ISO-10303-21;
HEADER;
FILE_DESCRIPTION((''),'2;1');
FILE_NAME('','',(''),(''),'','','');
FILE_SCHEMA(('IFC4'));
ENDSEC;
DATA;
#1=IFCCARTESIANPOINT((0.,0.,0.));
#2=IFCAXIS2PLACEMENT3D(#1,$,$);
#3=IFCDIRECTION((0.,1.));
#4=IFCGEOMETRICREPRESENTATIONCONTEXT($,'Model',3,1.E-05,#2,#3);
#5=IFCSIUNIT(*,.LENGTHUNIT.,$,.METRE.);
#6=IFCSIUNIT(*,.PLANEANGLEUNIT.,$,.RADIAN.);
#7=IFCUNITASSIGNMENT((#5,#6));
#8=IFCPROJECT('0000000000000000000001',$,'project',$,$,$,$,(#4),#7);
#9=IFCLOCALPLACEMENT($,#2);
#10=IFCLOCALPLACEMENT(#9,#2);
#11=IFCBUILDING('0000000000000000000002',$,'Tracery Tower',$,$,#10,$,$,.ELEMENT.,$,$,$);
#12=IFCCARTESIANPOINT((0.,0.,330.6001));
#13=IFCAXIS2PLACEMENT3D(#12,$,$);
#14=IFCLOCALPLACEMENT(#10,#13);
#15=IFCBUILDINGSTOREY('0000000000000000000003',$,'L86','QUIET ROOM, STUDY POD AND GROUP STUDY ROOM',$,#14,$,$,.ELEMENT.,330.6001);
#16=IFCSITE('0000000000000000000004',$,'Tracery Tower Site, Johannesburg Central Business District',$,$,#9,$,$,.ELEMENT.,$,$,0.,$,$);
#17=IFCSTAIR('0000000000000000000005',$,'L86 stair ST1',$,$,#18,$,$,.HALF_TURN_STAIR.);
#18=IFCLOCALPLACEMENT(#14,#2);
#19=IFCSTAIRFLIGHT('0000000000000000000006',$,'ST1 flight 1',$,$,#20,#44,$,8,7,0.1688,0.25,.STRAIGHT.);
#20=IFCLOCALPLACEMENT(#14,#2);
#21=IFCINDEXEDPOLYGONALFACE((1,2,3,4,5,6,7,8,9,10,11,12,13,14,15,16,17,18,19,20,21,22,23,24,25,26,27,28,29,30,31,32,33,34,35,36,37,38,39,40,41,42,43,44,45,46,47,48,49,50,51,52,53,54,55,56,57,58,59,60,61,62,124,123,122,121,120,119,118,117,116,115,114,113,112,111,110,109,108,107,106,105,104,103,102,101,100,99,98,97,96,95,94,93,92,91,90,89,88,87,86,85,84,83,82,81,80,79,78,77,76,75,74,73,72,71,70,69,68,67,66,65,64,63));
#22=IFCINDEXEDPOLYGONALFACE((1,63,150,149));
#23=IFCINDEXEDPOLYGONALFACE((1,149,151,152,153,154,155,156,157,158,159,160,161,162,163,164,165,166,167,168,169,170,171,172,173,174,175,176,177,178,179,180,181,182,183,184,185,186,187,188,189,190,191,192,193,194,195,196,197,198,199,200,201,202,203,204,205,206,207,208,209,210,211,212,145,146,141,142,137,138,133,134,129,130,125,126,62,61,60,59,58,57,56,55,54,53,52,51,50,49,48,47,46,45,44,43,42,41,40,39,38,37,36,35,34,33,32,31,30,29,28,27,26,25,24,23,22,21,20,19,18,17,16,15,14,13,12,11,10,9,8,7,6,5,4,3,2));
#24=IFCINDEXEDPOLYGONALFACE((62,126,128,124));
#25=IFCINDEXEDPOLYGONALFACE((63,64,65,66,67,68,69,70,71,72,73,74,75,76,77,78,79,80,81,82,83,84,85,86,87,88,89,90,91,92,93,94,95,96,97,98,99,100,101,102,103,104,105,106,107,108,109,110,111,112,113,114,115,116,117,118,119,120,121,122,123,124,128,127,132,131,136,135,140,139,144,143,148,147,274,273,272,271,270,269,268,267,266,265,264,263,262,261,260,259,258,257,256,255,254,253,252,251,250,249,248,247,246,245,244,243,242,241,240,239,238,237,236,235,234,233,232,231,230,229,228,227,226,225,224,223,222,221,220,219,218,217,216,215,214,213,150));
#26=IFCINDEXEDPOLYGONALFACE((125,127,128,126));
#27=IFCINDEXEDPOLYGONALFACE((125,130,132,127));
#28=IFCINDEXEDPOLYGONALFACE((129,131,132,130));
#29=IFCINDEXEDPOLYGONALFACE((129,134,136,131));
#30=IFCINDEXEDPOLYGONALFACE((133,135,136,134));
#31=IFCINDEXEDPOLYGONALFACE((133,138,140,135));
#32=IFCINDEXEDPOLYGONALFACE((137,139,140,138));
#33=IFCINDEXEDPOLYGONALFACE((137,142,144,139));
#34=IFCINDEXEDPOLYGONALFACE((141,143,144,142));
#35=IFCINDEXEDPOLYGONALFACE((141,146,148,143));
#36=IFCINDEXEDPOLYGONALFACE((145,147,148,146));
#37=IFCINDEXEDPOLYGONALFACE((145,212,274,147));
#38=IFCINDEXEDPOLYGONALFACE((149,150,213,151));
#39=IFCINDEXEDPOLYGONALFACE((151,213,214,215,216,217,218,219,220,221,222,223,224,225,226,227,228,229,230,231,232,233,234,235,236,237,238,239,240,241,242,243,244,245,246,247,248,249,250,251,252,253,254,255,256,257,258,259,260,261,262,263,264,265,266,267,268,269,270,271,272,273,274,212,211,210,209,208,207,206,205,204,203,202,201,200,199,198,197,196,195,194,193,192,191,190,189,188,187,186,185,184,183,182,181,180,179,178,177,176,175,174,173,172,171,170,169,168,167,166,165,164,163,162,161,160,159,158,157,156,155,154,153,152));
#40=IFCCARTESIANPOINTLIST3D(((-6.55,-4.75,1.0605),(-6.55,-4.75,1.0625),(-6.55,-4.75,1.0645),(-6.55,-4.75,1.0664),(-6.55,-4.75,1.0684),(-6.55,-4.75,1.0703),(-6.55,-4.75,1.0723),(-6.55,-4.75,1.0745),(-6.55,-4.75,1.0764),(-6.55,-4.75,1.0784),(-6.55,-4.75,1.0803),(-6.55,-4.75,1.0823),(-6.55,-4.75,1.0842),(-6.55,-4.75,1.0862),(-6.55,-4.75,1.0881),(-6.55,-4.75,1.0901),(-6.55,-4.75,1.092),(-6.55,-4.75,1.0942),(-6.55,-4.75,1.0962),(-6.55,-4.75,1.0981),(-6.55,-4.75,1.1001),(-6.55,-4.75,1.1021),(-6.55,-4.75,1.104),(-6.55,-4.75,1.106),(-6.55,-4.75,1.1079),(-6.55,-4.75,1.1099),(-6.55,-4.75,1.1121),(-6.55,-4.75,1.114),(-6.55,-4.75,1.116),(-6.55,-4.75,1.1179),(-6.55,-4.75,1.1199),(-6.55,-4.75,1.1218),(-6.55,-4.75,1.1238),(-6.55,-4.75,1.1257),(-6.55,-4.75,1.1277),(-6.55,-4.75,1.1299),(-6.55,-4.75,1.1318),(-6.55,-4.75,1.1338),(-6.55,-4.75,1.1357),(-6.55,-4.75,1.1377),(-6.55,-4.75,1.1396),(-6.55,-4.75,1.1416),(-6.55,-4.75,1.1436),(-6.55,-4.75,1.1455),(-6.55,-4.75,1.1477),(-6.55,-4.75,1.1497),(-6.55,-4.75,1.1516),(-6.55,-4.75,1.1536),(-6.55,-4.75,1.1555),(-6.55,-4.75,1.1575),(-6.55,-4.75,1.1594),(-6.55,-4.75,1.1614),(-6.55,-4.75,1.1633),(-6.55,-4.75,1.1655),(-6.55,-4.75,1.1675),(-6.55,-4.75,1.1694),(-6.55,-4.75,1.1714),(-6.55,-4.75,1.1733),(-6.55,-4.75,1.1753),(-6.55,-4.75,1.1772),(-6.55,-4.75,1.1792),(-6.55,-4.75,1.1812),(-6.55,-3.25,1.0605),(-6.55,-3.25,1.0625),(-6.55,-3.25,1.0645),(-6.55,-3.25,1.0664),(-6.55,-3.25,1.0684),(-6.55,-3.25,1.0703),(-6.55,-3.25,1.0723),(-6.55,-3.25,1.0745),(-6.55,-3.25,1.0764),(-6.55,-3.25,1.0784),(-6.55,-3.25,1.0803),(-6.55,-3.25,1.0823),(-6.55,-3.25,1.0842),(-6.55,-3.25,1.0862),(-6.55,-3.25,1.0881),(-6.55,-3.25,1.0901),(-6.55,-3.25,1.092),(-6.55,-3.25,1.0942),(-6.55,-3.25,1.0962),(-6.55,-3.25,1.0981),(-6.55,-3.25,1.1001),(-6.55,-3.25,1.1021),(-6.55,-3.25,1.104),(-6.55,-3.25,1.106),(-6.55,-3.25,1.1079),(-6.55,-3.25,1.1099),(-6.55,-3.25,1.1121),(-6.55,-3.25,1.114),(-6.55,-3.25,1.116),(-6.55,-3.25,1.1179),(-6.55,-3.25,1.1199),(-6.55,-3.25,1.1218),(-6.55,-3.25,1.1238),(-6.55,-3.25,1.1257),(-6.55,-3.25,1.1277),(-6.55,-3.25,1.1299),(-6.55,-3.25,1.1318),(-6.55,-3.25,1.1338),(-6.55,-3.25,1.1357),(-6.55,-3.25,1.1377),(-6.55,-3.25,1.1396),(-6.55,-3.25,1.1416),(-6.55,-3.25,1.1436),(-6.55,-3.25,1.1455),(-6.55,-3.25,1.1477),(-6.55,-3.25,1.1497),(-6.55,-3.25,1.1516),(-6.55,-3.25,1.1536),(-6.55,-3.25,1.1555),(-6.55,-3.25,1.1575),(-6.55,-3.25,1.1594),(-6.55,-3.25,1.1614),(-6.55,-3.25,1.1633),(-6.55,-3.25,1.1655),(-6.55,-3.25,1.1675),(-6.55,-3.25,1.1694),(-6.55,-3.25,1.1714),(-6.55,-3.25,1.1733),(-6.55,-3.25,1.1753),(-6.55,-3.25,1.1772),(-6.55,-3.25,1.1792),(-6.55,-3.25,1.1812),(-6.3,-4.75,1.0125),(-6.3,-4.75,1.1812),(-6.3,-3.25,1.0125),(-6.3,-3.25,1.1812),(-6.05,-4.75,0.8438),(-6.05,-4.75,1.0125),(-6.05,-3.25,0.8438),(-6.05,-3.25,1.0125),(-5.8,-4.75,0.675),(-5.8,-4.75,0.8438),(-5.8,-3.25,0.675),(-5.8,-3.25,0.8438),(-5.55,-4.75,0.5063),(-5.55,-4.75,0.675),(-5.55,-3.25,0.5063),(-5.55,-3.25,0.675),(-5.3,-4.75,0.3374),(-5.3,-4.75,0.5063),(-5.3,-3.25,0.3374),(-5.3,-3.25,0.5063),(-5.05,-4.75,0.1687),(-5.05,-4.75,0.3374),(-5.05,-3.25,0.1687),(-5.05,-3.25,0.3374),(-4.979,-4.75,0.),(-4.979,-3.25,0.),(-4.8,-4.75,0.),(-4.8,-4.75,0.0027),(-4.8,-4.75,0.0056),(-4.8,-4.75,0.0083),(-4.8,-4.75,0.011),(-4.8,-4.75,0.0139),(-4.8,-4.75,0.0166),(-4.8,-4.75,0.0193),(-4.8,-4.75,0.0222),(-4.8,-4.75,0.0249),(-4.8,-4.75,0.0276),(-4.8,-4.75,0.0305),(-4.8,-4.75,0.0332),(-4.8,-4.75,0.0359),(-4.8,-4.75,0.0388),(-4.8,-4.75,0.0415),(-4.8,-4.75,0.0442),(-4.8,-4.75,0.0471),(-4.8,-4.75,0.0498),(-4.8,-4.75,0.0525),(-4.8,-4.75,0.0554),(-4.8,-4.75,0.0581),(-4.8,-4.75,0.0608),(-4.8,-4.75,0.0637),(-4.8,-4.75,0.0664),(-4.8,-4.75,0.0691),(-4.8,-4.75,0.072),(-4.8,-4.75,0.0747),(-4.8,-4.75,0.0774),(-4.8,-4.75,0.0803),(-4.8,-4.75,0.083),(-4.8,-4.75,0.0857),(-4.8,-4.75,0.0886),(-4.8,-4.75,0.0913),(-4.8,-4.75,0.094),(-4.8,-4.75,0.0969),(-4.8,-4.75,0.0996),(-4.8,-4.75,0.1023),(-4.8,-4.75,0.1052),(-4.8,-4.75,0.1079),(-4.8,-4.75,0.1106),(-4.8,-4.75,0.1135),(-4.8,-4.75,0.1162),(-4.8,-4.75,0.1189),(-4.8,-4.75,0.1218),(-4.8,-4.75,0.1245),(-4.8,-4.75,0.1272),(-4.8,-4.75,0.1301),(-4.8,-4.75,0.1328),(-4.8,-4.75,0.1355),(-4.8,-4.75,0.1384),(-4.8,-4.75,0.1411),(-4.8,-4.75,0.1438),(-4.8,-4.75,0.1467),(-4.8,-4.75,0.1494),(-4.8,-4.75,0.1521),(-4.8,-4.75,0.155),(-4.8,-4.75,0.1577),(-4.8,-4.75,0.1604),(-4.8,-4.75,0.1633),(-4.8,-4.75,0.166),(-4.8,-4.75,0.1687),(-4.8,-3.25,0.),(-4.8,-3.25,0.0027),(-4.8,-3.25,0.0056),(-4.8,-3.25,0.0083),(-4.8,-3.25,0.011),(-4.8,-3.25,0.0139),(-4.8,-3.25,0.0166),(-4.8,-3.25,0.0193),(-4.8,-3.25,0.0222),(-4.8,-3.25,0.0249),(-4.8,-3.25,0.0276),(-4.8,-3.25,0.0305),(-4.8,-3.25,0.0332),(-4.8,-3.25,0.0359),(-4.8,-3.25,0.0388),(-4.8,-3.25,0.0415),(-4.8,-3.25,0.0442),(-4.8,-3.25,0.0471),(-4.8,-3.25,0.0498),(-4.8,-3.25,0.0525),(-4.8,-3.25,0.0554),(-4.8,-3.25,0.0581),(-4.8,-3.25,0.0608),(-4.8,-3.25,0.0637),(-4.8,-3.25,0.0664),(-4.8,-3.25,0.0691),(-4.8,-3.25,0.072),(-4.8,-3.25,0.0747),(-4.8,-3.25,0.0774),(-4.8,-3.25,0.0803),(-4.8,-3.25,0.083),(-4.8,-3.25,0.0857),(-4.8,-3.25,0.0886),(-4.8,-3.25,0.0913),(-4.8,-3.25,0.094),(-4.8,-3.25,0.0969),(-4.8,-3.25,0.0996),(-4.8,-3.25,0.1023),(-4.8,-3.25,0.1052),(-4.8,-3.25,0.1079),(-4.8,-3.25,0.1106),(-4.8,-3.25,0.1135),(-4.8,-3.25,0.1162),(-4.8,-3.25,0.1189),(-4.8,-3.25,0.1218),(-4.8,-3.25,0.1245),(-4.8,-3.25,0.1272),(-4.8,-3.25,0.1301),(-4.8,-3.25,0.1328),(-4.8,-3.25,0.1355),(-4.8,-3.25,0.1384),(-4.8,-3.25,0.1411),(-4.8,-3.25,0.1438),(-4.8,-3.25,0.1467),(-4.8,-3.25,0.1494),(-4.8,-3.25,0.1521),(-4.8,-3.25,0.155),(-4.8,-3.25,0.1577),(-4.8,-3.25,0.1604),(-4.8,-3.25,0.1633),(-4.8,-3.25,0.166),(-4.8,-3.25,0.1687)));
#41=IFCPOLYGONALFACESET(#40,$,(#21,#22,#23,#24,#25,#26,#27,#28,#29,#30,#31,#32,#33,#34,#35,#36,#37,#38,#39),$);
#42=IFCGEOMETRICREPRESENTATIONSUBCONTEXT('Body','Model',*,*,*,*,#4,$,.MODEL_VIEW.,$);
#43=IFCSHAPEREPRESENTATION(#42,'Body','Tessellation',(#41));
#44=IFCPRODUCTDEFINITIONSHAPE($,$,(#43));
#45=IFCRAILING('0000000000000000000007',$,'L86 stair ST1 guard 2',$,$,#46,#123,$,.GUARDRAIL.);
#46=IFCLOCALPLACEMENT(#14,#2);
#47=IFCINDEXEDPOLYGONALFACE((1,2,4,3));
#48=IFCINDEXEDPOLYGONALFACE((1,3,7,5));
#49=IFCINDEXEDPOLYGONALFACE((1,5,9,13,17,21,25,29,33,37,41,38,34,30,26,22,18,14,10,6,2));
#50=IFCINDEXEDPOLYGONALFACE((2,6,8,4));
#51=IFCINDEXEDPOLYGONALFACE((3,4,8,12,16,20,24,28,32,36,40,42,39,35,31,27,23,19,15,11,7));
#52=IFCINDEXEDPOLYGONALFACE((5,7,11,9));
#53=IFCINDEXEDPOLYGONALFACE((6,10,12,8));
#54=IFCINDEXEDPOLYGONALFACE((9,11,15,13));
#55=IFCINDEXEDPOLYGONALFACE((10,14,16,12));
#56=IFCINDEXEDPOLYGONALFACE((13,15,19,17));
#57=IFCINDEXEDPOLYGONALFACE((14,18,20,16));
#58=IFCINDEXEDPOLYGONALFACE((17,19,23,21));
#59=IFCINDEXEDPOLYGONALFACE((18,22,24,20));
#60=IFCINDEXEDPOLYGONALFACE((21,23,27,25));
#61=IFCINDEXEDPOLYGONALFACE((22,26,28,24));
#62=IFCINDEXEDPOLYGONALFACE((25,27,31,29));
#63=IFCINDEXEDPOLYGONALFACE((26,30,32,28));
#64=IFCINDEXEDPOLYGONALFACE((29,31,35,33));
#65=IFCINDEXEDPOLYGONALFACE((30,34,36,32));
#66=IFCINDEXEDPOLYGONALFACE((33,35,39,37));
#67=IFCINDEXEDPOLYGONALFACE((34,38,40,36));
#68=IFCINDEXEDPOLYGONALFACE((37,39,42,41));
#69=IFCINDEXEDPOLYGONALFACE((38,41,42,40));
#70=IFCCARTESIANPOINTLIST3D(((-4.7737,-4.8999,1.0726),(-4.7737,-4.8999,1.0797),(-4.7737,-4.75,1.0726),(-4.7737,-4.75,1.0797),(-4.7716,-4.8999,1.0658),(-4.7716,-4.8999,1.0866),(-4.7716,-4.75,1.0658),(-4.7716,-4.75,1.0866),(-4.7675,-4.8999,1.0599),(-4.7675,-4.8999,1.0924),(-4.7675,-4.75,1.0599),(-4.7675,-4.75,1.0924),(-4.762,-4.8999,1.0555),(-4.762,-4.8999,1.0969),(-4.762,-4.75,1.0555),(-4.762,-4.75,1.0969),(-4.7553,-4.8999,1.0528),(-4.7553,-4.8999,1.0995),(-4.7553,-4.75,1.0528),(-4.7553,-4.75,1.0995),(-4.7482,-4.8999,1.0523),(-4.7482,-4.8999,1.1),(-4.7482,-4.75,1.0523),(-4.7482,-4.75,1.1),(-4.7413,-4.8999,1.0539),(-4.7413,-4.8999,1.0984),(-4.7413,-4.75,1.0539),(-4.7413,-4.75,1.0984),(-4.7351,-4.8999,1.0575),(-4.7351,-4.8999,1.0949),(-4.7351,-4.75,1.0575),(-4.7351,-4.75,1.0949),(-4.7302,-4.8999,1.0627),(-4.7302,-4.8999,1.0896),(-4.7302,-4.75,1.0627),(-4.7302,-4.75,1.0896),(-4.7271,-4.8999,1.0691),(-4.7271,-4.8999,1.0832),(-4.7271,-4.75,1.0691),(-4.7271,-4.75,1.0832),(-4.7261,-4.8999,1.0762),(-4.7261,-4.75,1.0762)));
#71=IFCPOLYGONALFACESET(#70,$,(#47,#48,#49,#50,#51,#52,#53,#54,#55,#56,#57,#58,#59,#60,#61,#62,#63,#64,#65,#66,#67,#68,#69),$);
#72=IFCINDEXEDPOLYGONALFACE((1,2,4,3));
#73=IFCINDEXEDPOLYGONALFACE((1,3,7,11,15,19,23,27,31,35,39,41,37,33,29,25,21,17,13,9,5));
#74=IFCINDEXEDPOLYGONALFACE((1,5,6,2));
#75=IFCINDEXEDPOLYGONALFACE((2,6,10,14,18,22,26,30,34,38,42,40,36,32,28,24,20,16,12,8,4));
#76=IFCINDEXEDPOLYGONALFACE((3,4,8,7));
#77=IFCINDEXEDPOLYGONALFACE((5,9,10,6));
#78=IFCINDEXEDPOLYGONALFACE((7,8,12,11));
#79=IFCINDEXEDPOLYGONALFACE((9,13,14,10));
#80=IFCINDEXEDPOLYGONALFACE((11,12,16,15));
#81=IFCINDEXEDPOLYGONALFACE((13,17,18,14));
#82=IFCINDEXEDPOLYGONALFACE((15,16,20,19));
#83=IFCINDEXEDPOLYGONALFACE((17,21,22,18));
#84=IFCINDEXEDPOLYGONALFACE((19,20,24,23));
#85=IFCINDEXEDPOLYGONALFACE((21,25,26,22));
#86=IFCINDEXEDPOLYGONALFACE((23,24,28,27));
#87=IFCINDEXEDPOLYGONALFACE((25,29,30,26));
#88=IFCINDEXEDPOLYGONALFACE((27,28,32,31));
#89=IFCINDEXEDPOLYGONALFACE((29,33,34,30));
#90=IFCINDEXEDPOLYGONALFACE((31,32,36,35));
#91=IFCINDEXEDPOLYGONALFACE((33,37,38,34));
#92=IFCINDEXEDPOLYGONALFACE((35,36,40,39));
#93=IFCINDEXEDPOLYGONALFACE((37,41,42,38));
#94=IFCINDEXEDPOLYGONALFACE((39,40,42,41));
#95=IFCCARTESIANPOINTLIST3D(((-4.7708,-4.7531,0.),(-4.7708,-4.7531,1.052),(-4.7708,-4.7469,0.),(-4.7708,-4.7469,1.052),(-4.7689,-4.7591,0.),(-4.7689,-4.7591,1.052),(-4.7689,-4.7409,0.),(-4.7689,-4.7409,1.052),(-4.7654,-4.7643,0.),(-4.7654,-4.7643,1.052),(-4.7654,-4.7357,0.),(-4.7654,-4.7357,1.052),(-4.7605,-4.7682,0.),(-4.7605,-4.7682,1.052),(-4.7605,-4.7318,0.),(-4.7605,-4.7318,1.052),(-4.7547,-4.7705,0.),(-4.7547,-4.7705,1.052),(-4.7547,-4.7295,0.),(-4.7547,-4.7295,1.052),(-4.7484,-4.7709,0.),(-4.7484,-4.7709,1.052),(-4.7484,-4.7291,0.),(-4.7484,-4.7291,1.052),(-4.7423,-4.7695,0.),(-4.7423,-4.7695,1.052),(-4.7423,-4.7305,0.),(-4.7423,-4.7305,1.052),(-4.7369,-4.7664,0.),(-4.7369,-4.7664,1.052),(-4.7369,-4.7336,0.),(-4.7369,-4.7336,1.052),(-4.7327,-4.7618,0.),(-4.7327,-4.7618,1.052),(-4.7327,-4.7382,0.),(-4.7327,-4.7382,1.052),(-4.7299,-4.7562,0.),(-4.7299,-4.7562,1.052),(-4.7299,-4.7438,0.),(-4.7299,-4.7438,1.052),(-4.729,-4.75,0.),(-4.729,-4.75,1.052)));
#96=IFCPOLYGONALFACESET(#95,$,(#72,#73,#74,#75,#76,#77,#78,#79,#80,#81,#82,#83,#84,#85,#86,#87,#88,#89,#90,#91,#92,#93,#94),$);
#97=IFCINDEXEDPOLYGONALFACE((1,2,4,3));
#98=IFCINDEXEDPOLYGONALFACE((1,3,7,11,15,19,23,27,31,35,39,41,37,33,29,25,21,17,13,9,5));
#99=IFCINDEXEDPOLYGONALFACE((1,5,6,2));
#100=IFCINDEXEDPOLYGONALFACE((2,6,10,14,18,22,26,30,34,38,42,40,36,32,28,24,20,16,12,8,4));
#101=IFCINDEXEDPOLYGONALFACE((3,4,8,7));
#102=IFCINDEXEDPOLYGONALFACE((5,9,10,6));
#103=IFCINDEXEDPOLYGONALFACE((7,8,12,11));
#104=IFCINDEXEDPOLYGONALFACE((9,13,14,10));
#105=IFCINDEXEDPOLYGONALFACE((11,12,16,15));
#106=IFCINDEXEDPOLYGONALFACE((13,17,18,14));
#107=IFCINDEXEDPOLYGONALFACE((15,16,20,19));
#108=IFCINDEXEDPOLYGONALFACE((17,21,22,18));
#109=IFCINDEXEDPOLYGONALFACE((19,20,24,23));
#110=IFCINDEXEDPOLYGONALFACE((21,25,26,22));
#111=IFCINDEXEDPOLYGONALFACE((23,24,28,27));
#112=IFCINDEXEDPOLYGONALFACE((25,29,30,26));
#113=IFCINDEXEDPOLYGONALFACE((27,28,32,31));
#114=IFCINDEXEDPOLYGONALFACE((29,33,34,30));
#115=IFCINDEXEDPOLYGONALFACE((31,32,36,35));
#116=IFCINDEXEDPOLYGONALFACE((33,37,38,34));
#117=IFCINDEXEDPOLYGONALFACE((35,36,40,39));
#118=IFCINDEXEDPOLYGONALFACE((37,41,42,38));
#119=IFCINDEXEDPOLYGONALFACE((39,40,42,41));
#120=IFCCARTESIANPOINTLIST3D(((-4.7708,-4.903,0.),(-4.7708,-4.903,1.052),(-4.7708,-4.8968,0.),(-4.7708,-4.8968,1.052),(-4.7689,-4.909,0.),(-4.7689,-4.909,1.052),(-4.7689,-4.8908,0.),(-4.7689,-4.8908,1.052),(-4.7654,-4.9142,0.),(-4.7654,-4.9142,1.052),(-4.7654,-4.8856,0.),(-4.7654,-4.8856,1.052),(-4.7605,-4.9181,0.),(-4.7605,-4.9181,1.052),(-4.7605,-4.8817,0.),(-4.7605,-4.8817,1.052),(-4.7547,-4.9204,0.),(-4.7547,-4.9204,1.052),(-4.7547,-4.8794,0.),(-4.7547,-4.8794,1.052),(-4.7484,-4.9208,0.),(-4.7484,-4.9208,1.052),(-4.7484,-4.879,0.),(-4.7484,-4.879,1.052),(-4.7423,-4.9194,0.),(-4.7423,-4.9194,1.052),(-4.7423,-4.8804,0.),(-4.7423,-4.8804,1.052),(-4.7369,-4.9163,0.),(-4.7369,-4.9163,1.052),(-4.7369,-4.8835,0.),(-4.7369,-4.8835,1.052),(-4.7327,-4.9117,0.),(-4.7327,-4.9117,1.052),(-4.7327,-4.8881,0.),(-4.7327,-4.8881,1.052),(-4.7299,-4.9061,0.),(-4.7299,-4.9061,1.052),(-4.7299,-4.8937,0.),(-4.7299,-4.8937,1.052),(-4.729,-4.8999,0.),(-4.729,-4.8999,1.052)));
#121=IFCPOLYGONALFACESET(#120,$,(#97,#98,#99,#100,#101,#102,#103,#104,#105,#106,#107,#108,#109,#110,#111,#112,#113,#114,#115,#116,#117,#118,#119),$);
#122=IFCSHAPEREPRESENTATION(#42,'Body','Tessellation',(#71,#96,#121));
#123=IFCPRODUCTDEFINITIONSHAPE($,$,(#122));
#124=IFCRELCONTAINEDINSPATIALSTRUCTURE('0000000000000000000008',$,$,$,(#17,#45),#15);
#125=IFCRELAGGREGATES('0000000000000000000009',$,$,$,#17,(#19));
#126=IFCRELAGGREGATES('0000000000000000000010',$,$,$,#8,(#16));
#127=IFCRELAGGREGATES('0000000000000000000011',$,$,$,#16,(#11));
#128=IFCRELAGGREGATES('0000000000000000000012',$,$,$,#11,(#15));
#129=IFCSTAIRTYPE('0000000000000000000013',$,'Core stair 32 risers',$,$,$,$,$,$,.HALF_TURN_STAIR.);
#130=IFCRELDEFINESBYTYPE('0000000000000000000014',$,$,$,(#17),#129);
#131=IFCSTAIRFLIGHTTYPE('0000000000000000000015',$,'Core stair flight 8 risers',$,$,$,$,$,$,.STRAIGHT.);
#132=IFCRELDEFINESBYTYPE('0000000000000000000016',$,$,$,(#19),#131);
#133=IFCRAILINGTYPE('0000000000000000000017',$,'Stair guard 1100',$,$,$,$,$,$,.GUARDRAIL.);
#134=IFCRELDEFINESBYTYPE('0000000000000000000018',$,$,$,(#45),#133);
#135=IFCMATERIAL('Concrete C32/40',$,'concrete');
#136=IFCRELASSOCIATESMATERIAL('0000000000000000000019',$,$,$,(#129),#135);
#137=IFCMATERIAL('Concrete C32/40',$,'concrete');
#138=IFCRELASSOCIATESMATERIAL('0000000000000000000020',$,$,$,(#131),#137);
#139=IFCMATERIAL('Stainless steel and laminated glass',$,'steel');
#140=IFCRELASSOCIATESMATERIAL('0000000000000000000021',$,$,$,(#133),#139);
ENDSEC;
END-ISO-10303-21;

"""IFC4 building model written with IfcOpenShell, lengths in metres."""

from ifc_helpers import new_model, si_unit, direction, frame, origin, origin_2d, place, context, subcontext, project, spatial, polyline, circle, outline, extrude, material, type_object, element, aggregate, save


model = new_model("IFC4")

# Units and contexts
model_context = context("Model", 3, precision=1e-05, world=origin(), true_north=direction((0.0, 1.0)))
body_context = subcontext(model_context, "Body", "Model", "MODEL_VIEW")
ifc_project = project(units=[si_unit("LENGTHUNIT", "METRE"), si_unit("PLANEANGLEUNIT", "RADIAN")], contexts=[model_context])

# Site, building, storey
site_placement = place(None, origin())
site = spatial("IfcSite", under=ifc_project, at=site_placement, Name="Tracery Tower Site, Johannesburg Central Business District", CompositionType="ELEMENT", RefElevation=0.0)
building_placement = place(site_placement, origin())
building = spatial("IfcBuilding", under=site, at=building_placement, Name="Tracery Tower", CompositionType="ELEMENT")
storey_placement = place(building_placement, frame((0.0, 0.0, 330.6001)))
storey = spatial("IfcBuildingStorey", under=building, at=storey_placement, Name="L86", Description="QUIET ROOM, STUDY POD AND GROUP STUDY ROOM", CompositionType="ELEMENT", Elevation=330.6001)

# Stair, stair flight
ifc_material_1 = material(Name="Concrete C32/40", Category="concrete")
stair_type = type_object("IfcStairType", Name="Core stair 32 risers", PredefinedType="HALF_TURN_STAIR", material=ifc_material_1)
stair_placement = place(storey_placement, origin())
stair = element("IfcStair", 1, at=stair_placement, inside=storey, type_object=stair_type, Name="L86 stair ST1", PredefinedType="HALF_TURN_STAIR")
ifc_material_2 = material(Name="Concrete C32/40", Category="concrete")
stair_flight_type = type_object("IfcStairFlightType", Name="Core stair flight 8 risers", PredefinedType="STRAIGHT", material=ifc_material_2)
stair_flight_1_placement = place(storey_placement, frame((-4.8, -4.0, 0.0), z_axis=(0.0, 0.0, 1.0), x_axis=(-1.0, 0.0, 0.0)))
stair_flight_1 = element("IfcStairFlight", 2, at=stair_flight_1_placement, type_object=stair_flight_type, Name="ST1 flight 1", NumberOfRisers=8, NumberOfTreads=7, PredefinedType="STRAIGHT", RiserHeight=0.1688, TreadLength=0.25, context=body_context, shape_type="SweptSolid", body=[
    extrude(outline(polyline([(0.0, 0.0), (0.0, 0.0027), (0.0, 0.0056), (0.0, 0.0083), (0.0, 0.011), (0.0, 0.0139), (0.0, 0.0166), (0.0, 0.0193), (0.0, 0.0222), (0.0, 0.0249), (0.0, 0.0276), (0.0, 0.0305), (0.0, 0.0332), (0.0, 0.0359), (0.0, 0.0388), (0.0, 0.0415), (0.0, 0.0442), (0.0, 0.0471), (0.0, 0.0498), (0.0, 0.0525), (0.0, 0.0554), (0.0, 0.0581), (0.0, 0.0608), (0.0, 0.0637), (0.0, 0.0664), (0.0, 0.0691), (0.0, 0.072), (0.0, 0.0747), (0.0, 0.0774), (0.0, 0.0803), (0.0, 0.083), (0.0, 0.0857), (0.0, 0.0886), (0.0, 0.0913), (0.0, 0.094), (0.0, 0.0969), (0.0, 0.0996), (0.0, 0.1023), (0.0, 0.1052), (0.0, 0.1079), (0.0, 0.1106), (0.0, 0.1135), (0.0, 0.1162), (0.0, 0.1189), (0.0, 0.1218), (0.0, 0.1245), (0.0, 0.1272), (0.0, 0.1301), (0.0, 0.1328), (0.0, 0.1355), (0.0, 0.1384), (0.0, 0.1411), (0.0, 0.1438), (0.0, 0.1467), (0.0, 0.1494), (0.0, 0.1521), (0.0, 0.155), (0.0, 0.1577), (0.0, 0.1604), (0.0, 0.1633), (0.0, 0.166), (0.0, 0.1687), (0.25, 0.1687), (0.25, 0.3374), (0.5, 0.3374), (0.5, 0.5063), (0.75, 0.5063), (0.75, 0.675), (1.0, 0.675), (1.0, 0.8438), (1.25, 0.8438), (1.25, 1.0125), (1.5, 1.0125), (1.5, 1.1812), (1.75, 1.1812), (1.75, 1.1792), (1.75, 1.1772), (1.75, 1.1753), (1.75, 1.1733), (1.75, 1.1714), (1.75, 1.1694), (1.75, 1.1675), (1.75, 1.1655), (1.75, 1.1633), (1.75, 1.1614), (1.75, 1.1594), (1.75, 1.1575), (1.75, 1.1555), (1.75, 1.1536), (1.75, 1.1516), (1.75, 1.1497), (1.75, 1.1477), (1.75, 1.1455), (1.75, 1.1436), (1.75, 1.1416), (1.75, 1.1396), (1.75, 1.1377), (1.75, 1.1357), (1.75, 1.1338), (1.75, 1.1318), (1.75, 1.1299), (1.75, 1.1277), (1.75, 1.1257), (1.75, 1.1238), (1.75, 1.1218), (1.75, 1.1199), (1.75, 1.1179), (1.75, 1.116), (1.75, 1.114), (1.75, 1.1121), (1.75, 1.1099), (1.75, 1.1079), (1.75, 1.106), (1.75, 1.104), (1.75, 1.1021), (1.75, 1.1001), (1.75, 1.0981), (1.75, 1.0962), (1.75, 1.0942), (1.75, 1.092), (1.75, 1.0901), (1.75, 1.0881), (1.75, 1.0862), (1.75, 1.0842), (1.75, 1.0823), (1.75, 1.0803), (1.75, 1.0784), (1.75, 1.0764), (1.75, 1.0745), (1.75, 1.0723), (1.75, 1.0703), (1.75, 1.0684), (1.75, 1.0664), (1.75, 1.0645), (1.75, 1.0625), (1.75, 1.0605), (0.179, 0.0), (0.0, 0.0)])), frame((0.0, 0.75, 0.0), z_axis=(0.0, -1.0, 0.0), x_axis=(1.0, 0.0, 0.0)), (0.0, 0.0, 1.0), 1.5),
])
aggregate(stair, [stair_flight_1])

# Railing
ifc_material_3 = material(Name="Stainless steel and laminated glass", Category="steel")
railing_type_1 = type_object("IfcRailingType", Name="Stair guard 1100", PredefinedType="GUARDRAIL", material=ifc_material_3)
railing_1_placement = place(storey_placement, frame((-4.75, -4.75, 0.0)))
element("IfcRailing", 3, at=railing_1_placement, inside=storey, type_object=railing_type_1, Name="L86 stair ST1 guard 2", PredefinedType="GUARDRAIL", context=body_context, shape_type="SweptSolid", body=[
    extrude(circle(Radius=0.0239, at=origin_2d()), frame((0.0, 0.0, 1.0762), z_axis=(0.0, -1.0, 0.0), x_axis=(1.0, 0.0, 0.0)), (0.0, 0.0, 1.0), 0.1499),
    extrude(circle(Radius=0.021, at=origin_2d()), origin(), (0.0, 0.0, 1.0), 1.052),
    extrude(circle(Radius=0.021, at=origin_2d()), frame((0.0, -0.1499, 0.0)), (0.0, 0.0, 1.0), 1.052),
])

save(model, "model.ifc")
